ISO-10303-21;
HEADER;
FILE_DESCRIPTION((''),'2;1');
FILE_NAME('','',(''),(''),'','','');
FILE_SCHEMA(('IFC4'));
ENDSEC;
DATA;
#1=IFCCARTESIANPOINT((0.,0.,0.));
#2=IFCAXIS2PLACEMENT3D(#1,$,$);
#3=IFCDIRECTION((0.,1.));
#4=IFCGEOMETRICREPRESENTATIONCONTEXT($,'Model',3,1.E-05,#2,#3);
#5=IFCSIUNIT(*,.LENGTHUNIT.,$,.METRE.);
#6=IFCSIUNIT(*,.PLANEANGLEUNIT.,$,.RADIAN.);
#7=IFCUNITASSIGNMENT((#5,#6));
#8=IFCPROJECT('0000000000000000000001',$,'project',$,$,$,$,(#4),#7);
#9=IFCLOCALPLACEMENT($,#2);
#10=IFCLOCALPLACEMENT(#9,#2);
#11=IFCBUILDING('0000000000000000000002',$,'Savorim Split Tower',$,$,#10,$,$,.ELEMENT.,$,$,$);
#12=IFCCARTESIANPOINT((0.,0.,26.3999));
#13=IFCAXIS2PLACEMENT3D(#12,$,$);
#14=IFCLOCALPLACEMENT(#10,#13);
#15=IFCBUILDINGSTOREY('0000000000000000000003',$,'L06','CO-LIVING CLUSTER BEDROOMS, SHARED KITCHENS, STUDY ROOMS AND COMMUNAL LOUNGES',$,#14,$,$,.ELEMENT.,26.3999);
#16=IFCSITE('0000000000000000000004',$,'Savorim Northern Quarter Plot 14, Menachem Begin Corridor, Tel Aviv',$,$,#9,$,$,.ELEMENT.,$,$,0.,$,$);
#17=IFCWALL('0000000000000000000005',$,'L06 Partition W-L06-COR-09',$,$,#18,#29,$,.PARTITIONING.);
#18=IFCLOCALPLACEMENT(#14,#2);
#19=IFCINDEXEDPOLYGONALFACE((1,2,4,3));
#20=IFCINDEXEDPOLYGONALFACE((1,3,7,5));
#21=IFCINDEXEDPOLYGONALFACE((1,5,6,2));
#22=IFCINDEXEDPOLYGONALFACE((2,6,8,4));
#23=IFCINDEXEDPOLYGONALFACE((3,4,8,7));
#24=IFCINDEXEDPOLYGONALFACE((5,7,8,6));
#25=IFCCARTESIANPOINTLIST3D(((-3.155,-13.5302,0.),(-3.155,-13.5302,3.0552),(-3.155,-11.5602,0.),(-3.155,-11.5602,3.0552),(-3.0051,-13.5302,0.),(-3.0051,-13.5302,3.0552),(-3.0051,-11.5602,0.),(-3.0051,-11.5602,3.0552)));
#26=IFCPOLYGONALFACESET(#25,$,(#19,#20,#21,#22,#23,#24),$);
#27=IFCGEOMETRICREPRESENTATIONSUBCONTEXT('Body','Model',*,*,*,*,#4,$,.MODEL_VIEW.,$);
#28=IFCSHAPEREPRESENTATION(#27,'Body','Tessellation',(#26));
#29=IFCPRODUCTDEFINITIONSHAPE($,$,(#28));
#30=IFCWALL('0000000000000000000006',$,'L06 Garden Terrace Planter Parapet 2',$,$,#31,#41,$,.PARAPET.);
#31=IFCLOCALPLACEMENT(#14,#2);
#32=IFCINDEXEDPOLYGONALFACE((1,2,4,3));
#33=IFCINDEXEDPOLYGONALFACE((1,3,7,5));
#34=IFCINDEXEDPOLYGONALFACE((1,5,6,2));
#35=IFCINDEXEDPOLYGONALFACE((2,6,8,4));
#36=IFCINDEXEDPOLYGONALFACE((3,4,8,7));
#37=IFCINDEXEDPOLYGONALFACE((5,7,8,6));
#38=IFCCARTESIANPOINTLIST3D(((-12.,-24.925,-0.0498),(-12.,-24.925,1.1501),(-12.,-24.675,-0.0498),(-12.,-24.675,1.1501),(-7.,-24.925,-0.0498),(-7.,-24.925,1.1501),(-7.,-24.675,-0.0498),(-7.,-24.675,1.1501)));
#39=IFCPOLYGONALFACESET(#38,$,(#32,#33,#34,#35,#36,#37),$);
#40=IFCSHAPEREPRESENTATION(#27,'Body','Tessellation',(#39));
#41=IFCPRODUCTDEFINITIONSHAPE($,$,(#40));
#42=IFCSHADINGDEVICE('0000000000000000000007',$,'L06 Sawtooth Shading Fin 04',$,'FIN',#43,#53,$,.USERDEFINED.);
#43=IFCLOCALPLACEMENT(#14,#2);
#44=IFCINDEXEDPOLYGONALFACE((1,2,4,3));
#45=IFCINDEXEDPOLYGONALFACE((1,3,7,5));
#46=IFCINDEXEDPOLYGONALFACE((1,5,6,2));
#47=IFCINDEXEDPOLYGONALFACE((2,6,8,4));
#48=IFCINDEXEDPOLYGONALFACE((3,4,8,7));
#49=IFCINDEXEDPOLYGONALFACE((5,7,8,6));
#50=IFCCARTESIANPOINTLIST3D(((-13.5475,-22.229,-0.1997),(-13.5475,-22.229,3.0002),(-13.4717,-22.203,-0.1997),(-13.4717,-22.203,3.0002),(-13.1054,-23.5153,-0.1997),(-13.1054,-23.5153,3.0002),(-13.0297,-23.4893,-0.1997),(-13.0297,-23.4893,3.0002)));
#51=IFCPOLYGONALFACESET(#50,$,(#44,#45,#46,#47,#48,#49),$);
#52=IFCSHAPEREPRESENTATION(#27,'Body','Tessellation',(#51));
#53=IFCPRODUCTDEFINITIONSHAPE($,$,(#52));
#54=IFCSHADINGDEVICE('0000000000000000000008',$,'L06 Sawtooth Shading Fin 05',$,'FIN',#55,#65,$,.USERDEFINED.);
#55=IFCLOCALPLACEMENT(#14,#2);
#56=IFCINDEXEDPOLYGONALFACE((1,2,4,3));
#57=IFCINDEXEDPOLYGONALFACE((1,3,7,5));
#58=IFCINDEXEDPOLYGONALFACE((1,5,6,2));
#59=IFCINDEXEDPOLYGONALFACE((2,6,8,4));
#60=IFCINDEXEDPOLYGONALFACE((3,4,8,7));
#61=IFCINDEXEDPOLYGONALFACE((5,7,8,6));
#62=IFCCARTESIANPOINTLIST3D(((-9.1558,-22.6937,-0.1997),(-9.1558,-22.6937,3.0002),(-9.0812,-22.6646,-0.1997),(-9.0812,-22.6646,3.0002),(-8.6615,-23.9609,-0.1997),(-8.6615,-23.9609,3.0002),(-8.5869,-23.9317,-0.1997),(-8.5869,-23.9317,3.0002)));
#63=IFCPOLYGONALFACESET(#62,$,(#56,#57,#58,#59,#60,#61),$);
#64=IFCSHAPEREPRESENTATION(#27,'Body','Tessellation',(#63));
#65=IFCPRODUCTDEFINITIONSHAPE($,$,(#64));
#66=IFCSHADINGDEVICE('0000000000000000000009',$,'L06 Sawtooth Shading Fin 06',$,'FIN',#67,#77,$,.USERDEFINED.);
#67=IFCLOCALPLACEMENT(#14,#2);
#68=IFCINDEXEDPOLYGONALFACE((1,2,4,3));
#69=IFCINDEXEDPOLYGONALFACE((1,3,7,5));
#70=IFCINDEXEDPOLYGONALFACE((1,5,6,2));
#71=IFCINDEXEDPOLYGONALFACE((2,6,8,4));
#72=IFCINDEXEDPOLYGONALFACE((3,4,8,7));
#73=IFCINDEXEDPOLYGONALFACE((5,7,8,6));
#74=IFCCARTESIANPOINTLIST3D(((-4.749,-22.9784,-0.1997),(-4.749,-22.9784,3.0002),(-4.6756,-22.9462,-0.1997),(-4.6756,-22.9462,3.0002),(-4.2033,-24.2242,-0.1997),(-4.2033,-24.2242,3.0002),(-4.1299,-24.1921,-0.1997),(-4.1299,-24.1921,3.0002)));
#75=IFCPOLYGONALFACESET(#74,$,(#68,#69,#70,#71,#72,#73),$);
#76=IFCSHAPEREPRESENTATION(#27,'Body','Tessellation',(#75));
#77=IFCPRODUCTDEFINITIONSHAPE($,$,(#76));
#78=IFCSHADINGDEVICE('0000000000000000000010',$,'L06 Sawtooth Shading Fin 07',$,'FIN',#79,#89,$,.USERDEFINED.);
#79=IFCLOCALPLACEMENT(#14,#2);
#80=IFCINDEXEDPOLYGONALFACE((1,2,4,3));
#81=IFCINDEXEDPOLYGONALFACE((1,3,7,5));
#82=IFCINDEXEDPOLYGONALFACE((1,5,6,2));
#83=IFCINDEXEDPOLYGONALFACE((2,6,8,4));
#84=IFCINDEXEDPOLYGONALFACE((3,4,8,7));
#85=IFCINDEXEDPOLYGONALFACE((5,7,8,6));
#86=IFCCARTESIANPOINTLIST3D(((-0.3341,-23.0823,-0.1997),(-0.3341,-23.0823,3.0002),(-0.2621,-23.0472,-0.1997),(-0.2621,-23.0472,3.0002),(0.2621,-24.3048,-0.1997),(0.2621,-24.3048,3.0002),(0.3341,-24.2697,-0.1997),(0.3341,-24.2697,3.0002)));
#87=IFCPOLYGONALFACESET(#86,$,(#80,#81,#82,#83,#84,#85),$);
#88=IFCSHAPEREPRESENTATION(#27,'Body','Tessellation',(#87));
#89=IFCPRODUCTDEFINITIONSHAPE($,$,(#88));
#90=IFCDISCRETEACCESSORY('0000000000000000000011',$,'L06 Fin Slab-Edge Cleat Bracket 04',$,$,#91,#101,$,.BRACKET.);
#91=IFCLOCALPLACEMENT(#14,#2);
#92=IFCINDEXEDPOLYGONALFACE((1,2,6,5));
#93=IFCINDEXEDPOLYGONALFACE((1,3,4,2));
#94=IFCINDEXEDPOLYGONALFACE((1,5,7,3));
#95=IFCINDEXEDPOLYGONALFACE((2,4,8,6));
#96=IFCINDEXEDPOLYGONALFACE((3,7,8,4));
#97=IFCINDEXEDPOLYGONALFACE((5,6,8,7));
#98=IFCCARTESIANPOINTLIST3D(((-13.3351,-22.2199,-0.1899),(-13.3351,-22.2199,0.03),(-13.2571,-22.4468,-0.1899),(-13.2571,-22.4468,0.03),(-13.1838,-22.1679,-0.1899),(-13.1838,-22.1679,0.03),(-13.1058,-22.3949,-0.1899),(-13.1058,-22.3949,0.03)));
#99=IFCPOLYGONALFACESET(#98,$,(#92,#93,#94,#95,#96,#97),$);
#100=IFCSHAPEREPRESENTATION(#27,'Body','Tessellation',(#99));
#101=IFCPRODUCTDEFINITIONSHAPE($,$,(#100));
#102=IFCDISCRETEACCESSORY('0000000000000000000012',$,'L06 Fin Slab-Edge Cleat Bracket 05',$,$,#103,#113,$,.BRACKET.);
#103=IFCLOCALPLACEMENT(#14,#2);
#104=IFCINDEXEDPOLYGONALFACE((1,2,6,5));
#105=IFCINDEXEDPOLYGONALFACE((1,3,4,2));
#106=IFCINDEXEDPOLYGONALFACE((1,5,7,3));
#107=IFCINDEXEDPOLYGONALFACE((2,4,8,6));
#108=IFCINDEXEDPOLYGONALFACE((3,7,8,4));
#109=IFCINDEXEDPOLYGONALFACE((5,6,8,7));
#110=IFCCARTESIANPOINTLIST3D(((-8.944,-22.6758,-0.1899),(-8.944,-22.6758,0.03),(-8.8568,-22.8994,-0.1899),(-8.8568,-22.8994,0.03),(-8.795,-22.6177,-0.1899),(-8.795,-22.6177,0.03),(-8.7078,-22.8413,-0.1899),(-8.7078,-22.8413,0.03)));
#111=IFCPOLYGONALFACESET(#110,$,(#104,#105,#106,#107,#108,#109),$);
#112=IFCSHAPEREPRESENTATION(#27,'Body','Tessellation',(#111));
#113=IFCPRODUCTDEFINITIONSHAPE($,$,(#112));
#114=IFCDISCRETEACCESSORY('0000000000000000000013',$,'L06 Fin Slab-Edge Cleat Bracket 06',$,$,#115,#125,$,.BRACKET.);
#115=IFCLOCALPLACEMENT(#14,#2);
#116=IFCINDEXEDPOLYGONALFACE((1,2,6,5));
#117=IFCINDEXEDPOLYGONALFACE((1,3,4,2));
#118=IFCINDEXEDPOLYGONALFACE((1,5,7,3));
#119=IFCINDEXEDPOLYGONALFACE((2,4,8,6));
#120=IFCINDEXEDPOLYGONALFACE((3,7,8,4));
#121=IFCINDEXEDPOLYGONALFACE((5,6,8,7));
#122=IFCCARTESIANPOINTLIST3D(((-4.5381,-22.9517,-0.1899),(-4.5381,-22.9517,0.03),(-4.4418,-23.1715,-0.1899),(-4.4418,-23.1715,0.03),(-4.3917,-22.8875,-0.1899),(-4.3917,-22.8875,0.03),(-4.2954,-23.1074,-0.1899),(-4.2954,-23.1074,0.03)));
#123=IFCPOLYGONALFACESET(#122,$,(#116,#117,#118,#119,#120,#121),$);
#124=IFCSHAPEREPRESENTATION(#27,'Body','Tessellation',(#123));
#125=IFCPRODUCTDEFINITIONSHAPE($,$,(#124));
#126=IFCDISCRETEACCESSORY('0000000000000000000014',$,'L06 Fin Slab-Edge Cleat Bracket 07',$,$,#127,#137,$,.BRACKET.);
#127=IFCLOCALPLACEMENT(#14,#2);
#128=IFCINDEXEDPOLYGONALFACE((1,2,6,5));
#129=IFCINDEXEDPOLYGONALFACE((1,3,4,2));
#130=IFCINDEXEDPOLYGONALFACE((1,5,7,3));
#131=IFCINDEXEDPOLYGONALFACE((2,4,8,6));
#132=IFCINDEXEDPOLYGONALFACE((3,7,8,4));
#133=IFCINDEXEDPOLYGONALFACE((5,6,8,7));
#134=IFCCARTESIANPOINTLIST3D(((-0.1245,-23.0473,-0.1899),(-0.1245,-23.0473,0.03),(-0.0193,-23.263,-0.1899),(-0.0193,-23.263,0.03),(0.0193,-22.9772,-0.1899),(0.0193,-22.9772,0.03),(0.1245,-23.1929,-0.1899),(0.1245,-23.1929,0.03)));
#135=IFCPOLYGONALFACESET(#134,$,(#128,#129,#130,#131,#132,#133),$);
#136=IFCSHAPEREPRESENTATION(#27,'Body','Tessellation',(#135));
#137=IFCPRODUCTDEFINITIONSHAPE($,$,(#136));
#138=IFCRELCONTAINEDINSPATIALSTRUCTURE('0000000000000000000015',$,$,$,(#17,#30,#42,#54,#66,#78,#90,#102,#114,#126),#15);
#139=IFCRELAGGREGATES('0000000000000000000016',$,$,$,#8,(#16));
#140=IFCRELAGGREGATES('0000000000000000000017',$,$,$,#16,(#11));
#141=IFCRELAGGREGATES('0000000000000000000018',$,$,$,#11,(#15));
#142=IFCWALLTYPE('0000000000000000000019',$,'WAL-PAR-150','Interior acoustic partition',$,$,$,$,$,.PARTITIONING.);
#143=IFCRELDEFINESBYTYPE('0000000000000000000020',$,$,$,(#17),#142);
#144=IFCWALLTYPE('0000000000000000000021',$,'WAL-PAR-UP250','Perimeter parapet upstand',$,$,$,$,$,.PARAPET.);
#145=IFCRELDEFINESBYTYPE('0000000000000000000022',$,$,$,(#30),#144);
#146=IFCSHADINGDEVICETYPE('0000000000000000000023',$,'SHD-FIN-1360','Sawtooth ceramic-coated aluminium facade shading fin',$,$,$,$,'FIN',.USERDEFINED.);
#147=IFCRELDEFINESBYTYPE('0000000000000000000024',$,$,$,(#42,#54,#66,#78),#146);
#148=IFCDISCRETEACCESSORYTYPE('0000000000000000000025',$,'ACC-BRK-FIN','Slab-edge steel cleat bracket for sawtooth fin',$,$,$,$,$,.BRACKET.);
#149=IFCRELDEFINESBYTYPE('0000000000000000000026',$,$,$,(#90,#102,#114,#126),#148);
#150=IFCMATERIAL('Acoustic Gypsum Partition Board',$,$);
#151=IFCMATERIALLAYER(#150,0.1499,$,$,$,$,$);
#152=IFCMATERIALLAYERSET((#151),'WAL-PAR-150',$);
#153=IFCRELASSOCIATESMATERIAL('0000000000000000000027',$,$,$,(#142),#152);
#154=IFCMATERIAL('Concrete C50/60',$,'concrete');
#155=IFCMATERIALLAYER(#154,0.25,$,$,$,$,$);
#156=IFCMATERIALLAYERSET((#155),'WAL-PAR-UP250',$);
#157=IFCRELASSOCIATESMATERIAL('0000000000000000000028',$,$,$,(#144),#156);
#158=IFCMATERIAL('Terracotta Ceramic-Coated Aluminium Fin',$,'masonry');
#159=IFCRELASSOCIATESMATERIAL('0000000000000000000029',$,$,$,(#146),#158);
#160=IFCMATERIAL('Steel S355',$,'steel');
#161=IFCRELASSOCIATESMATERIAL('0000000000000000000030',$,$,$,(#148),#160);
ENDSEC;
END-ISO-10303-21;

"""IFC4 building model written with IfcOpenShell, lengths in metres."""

from ifc_helpers import new_model, si_unit, direction, frame, frame_2d, origin, origin_2d, place, context, subcontext, project, spatial, rectangle, extrude, material, layer, layer_set, type_object, element, save


model = new_model("IFC4")

# Units and contexts
model_context = context("Model", 3, precision=1e-05, world=origin(), true_north=direction((0.0, 1.0)))
body_context = subcontext(model_context, "Body", "Model", "MODEL_VIEW")
ifc_project = project(units=[si_unit("LENGTHUNIT", "METRE"), si_unit("PLANEANGLEUNIT", "RADIAN")], contexts=[model_context])

# Site, building, storey
site_placement = place(None, origin())
site = spatial("IfcSite", under=ifc_project, at=site_placement, Name="Savorim Northern Quarter Plot 14, Menachem Begin Corridor, Tel Aviv", CompositionType="ELEMENT", RefElevation=0.0)
building_placement = place(site_placement, origin())
building = spatial("IfcBuilding", under=site, at=building_placement, Name="Savorim Split Tower", CompositionType="ELEMENT")
storey_placement = place(building_placement, frame((0.0, 0.0, 26.3999)))
storey = spatial("IfcBuildingStorey", under=building, at=storey_placement, Name="L06", Description="CO-LIVING CLUSTER BEDROOMS, SHARED KITCHENS, STUDY ROOMS AND COMMUNAL LOUNGES", CompositionType="ELEMENT", Elevation=26.3999)

# Shared definitions
ifc_material_1 = material(Name="Steel S355", Category="steel")

# Walls
ifc_material_2 = material(Name="Acoustic Gypsum Partition Board")
ifc_layer_1 = layer(ifc_material_2, 0.1499)
ifc_layer_set_1 = layer_set([ifc_layer_1], Name="WAL-PAR-150")
wall_type_1 = type_object("IfcWallType", Name="WAL-PAR-150", Description="Interior acoustic partition", PredefinedType="PARTITIONING", material=ifc_layer_set_1)
wall_1_placement = place(storey_placement, frame((-3.0801, -13.53, 0.0), z_axis=(0.0, 0.0, 1.0), x_axis=(0.0, 1.0, 0.0)))
element("IfcWall", 1, at=wall_1_placement, inside=storey, type_object=wall_type_1, Name="L06 Partition W-L06-COR-09", PredefinedType="PARTITIONING", context=body_context, shape_type="SweptSolid", body=[
    extrude(rectangle(XDim=1.97, YDim=0.1499, at=frame_2d((0.9849, 0.0))), origin(), (0.0, 0.0, 1.0), 3.0552),
])
ifc_material_3 = material(Name="Concrete C50/60", Category="concrete")
ifc_layer_2 = layer(ifc_material_3, 0.25)
ifc_layer_set_2 = layer_set([ifc_layer_2], Name="WAL-PAR-UP250")
wall_type_2 = type_object("IfcWallType", Name="WAL-PAR-UP250", Description="Perimeter parapet upstand", PredefinedType="PARAPET", material=ifc_layer_set_2)
wall_2_placement = place(storey_placement, frame((-12.0, -24.8, -0.0498), z_axis=(0.0, 0.0, 1.0), x_axis=(1.0, 0.0, 0.0)))
element("IfcWall", 2, at=wall_2_placement, inside=storey, type_object=wall_type_2, Name="L06 Garden Terrace Planter Parapet 2", PredefinedType="PARAPET", context=body_context, shape_type="SweptSolid", body=[
    extrude(rectangle(XDim=5.0, YDim=0.25, at=frame_2d((2.5, 0.0))), origin(), (0.0, 0.0, 1.0), 1.2),
])

# Shading devices
ifc_material_4 = material(Name="Terracotta Ceramic-Coated Aluminium Fin", Category="masonry")
shading_device_type = type_object("IfcShadingDeviceType", Name="SHD-FIN-1360", Description="Sawtooth ceramic-coated aluminium facade shading fin", ElementType="FIN", PredefinedType="USERDEFINED", material=ifc_material_4)
for number, where, z_axis, x_axis, name in (
    (3, (-13.2886, -22.8591, -0.1997), (0.0, 0.0, 1.0), (0.324994, -0.945716, 0.0), "L06 Sawtooth Shading Fin 04"),
    (4, (-8.8713, -23.3127, -0.1997), (0.0, 0.0, 1.0), (0.363415, -0.931627, 0.0), "L06 Sawtooth Shading Fin 05"),
    (5, (-4.4395, -23.5852, -0.1997), (0.0, 0.0, 1.0), (0.40123, -0.915977, 0.0), "L06 Sawtooth Shading Fin 06"),
    (6, (0.0, -23.676, -0.1997), (0.0, 0.0, 1.0), (0.438371, -0.898794, 0.0), "L06 Sawtooth Shading Fin 07"),
):
    element("IfcShadingDevice", number, at=place(storey_placement, frame(where, z_axis=z_axis, x_axis=x_axis)), inside=storey, type_object=shading_device_type, Name=name, ObjectType="FIN", PredefinedType="USERDEFINED", context=body_context, shape_type="SweptSolid", body=[
        extrude(rectangle(XDim=1.3601, YDim=0.0801, at=origin_2d()), origin(), (0.0, 0.0, 1.0), 3.2),
    ])

# Discrete accessories
discrete_accessory_type = type_object("IfcDiscreteAccessoryType", Name="ACC-BRK-FIN", Description="Slab-edge steel cleat bracket for sawtooth fin", PredefinedType="BRACKET", material=ifc_material_1)
for number, where, z_axis, x_axis, name in (
    (7, (-13.2205, -22.3074, -0.1899), (0.0, 0.0, 1.0), (0.324994, -0.945716, 0.0), "L06 Fin Slab-Edge Cleat Bracket 04"),
    (8, (-8.8259, -22.7585, -0.1899), (0.0, 0.0, 1.0), (0.363415, -0.931627, 0.0), "L06 Fin Slab-Edge Cleat Bracket 05"),
    (9, (-4.4167, -23.0295, -0.1899), (0.0, 0.0, 1.0), (0.40123, -0.915977, 0.0), "L06 Fin Slab-Edge Cleat Bracket 06"),
    (10, (0.0, -23.1201, -0.1899), (0.0, 0.0, 1.0), (0.438371, -0.898794, 0.0), "L06 Fin Slab-Edge Cleat Bracket 07"),
):
    element("IfcDiscreteAccessory", number, at=place(storey_placement, frame(where, z_axis=z_axis, x_axis=x_axis)), inside=storey, type_object=discrete_accessory_type, Name=name, PredefinedType="BRACKET", context=body_context, shape_type="SweptSolid", body=[
        extrude(rectangle(XDim=0.24, YDim=0.1599, at=origin_2d()), origin(), (0.0, 0.0, 1.0), 0.22),
    ])

save(model, "model.ifc")
